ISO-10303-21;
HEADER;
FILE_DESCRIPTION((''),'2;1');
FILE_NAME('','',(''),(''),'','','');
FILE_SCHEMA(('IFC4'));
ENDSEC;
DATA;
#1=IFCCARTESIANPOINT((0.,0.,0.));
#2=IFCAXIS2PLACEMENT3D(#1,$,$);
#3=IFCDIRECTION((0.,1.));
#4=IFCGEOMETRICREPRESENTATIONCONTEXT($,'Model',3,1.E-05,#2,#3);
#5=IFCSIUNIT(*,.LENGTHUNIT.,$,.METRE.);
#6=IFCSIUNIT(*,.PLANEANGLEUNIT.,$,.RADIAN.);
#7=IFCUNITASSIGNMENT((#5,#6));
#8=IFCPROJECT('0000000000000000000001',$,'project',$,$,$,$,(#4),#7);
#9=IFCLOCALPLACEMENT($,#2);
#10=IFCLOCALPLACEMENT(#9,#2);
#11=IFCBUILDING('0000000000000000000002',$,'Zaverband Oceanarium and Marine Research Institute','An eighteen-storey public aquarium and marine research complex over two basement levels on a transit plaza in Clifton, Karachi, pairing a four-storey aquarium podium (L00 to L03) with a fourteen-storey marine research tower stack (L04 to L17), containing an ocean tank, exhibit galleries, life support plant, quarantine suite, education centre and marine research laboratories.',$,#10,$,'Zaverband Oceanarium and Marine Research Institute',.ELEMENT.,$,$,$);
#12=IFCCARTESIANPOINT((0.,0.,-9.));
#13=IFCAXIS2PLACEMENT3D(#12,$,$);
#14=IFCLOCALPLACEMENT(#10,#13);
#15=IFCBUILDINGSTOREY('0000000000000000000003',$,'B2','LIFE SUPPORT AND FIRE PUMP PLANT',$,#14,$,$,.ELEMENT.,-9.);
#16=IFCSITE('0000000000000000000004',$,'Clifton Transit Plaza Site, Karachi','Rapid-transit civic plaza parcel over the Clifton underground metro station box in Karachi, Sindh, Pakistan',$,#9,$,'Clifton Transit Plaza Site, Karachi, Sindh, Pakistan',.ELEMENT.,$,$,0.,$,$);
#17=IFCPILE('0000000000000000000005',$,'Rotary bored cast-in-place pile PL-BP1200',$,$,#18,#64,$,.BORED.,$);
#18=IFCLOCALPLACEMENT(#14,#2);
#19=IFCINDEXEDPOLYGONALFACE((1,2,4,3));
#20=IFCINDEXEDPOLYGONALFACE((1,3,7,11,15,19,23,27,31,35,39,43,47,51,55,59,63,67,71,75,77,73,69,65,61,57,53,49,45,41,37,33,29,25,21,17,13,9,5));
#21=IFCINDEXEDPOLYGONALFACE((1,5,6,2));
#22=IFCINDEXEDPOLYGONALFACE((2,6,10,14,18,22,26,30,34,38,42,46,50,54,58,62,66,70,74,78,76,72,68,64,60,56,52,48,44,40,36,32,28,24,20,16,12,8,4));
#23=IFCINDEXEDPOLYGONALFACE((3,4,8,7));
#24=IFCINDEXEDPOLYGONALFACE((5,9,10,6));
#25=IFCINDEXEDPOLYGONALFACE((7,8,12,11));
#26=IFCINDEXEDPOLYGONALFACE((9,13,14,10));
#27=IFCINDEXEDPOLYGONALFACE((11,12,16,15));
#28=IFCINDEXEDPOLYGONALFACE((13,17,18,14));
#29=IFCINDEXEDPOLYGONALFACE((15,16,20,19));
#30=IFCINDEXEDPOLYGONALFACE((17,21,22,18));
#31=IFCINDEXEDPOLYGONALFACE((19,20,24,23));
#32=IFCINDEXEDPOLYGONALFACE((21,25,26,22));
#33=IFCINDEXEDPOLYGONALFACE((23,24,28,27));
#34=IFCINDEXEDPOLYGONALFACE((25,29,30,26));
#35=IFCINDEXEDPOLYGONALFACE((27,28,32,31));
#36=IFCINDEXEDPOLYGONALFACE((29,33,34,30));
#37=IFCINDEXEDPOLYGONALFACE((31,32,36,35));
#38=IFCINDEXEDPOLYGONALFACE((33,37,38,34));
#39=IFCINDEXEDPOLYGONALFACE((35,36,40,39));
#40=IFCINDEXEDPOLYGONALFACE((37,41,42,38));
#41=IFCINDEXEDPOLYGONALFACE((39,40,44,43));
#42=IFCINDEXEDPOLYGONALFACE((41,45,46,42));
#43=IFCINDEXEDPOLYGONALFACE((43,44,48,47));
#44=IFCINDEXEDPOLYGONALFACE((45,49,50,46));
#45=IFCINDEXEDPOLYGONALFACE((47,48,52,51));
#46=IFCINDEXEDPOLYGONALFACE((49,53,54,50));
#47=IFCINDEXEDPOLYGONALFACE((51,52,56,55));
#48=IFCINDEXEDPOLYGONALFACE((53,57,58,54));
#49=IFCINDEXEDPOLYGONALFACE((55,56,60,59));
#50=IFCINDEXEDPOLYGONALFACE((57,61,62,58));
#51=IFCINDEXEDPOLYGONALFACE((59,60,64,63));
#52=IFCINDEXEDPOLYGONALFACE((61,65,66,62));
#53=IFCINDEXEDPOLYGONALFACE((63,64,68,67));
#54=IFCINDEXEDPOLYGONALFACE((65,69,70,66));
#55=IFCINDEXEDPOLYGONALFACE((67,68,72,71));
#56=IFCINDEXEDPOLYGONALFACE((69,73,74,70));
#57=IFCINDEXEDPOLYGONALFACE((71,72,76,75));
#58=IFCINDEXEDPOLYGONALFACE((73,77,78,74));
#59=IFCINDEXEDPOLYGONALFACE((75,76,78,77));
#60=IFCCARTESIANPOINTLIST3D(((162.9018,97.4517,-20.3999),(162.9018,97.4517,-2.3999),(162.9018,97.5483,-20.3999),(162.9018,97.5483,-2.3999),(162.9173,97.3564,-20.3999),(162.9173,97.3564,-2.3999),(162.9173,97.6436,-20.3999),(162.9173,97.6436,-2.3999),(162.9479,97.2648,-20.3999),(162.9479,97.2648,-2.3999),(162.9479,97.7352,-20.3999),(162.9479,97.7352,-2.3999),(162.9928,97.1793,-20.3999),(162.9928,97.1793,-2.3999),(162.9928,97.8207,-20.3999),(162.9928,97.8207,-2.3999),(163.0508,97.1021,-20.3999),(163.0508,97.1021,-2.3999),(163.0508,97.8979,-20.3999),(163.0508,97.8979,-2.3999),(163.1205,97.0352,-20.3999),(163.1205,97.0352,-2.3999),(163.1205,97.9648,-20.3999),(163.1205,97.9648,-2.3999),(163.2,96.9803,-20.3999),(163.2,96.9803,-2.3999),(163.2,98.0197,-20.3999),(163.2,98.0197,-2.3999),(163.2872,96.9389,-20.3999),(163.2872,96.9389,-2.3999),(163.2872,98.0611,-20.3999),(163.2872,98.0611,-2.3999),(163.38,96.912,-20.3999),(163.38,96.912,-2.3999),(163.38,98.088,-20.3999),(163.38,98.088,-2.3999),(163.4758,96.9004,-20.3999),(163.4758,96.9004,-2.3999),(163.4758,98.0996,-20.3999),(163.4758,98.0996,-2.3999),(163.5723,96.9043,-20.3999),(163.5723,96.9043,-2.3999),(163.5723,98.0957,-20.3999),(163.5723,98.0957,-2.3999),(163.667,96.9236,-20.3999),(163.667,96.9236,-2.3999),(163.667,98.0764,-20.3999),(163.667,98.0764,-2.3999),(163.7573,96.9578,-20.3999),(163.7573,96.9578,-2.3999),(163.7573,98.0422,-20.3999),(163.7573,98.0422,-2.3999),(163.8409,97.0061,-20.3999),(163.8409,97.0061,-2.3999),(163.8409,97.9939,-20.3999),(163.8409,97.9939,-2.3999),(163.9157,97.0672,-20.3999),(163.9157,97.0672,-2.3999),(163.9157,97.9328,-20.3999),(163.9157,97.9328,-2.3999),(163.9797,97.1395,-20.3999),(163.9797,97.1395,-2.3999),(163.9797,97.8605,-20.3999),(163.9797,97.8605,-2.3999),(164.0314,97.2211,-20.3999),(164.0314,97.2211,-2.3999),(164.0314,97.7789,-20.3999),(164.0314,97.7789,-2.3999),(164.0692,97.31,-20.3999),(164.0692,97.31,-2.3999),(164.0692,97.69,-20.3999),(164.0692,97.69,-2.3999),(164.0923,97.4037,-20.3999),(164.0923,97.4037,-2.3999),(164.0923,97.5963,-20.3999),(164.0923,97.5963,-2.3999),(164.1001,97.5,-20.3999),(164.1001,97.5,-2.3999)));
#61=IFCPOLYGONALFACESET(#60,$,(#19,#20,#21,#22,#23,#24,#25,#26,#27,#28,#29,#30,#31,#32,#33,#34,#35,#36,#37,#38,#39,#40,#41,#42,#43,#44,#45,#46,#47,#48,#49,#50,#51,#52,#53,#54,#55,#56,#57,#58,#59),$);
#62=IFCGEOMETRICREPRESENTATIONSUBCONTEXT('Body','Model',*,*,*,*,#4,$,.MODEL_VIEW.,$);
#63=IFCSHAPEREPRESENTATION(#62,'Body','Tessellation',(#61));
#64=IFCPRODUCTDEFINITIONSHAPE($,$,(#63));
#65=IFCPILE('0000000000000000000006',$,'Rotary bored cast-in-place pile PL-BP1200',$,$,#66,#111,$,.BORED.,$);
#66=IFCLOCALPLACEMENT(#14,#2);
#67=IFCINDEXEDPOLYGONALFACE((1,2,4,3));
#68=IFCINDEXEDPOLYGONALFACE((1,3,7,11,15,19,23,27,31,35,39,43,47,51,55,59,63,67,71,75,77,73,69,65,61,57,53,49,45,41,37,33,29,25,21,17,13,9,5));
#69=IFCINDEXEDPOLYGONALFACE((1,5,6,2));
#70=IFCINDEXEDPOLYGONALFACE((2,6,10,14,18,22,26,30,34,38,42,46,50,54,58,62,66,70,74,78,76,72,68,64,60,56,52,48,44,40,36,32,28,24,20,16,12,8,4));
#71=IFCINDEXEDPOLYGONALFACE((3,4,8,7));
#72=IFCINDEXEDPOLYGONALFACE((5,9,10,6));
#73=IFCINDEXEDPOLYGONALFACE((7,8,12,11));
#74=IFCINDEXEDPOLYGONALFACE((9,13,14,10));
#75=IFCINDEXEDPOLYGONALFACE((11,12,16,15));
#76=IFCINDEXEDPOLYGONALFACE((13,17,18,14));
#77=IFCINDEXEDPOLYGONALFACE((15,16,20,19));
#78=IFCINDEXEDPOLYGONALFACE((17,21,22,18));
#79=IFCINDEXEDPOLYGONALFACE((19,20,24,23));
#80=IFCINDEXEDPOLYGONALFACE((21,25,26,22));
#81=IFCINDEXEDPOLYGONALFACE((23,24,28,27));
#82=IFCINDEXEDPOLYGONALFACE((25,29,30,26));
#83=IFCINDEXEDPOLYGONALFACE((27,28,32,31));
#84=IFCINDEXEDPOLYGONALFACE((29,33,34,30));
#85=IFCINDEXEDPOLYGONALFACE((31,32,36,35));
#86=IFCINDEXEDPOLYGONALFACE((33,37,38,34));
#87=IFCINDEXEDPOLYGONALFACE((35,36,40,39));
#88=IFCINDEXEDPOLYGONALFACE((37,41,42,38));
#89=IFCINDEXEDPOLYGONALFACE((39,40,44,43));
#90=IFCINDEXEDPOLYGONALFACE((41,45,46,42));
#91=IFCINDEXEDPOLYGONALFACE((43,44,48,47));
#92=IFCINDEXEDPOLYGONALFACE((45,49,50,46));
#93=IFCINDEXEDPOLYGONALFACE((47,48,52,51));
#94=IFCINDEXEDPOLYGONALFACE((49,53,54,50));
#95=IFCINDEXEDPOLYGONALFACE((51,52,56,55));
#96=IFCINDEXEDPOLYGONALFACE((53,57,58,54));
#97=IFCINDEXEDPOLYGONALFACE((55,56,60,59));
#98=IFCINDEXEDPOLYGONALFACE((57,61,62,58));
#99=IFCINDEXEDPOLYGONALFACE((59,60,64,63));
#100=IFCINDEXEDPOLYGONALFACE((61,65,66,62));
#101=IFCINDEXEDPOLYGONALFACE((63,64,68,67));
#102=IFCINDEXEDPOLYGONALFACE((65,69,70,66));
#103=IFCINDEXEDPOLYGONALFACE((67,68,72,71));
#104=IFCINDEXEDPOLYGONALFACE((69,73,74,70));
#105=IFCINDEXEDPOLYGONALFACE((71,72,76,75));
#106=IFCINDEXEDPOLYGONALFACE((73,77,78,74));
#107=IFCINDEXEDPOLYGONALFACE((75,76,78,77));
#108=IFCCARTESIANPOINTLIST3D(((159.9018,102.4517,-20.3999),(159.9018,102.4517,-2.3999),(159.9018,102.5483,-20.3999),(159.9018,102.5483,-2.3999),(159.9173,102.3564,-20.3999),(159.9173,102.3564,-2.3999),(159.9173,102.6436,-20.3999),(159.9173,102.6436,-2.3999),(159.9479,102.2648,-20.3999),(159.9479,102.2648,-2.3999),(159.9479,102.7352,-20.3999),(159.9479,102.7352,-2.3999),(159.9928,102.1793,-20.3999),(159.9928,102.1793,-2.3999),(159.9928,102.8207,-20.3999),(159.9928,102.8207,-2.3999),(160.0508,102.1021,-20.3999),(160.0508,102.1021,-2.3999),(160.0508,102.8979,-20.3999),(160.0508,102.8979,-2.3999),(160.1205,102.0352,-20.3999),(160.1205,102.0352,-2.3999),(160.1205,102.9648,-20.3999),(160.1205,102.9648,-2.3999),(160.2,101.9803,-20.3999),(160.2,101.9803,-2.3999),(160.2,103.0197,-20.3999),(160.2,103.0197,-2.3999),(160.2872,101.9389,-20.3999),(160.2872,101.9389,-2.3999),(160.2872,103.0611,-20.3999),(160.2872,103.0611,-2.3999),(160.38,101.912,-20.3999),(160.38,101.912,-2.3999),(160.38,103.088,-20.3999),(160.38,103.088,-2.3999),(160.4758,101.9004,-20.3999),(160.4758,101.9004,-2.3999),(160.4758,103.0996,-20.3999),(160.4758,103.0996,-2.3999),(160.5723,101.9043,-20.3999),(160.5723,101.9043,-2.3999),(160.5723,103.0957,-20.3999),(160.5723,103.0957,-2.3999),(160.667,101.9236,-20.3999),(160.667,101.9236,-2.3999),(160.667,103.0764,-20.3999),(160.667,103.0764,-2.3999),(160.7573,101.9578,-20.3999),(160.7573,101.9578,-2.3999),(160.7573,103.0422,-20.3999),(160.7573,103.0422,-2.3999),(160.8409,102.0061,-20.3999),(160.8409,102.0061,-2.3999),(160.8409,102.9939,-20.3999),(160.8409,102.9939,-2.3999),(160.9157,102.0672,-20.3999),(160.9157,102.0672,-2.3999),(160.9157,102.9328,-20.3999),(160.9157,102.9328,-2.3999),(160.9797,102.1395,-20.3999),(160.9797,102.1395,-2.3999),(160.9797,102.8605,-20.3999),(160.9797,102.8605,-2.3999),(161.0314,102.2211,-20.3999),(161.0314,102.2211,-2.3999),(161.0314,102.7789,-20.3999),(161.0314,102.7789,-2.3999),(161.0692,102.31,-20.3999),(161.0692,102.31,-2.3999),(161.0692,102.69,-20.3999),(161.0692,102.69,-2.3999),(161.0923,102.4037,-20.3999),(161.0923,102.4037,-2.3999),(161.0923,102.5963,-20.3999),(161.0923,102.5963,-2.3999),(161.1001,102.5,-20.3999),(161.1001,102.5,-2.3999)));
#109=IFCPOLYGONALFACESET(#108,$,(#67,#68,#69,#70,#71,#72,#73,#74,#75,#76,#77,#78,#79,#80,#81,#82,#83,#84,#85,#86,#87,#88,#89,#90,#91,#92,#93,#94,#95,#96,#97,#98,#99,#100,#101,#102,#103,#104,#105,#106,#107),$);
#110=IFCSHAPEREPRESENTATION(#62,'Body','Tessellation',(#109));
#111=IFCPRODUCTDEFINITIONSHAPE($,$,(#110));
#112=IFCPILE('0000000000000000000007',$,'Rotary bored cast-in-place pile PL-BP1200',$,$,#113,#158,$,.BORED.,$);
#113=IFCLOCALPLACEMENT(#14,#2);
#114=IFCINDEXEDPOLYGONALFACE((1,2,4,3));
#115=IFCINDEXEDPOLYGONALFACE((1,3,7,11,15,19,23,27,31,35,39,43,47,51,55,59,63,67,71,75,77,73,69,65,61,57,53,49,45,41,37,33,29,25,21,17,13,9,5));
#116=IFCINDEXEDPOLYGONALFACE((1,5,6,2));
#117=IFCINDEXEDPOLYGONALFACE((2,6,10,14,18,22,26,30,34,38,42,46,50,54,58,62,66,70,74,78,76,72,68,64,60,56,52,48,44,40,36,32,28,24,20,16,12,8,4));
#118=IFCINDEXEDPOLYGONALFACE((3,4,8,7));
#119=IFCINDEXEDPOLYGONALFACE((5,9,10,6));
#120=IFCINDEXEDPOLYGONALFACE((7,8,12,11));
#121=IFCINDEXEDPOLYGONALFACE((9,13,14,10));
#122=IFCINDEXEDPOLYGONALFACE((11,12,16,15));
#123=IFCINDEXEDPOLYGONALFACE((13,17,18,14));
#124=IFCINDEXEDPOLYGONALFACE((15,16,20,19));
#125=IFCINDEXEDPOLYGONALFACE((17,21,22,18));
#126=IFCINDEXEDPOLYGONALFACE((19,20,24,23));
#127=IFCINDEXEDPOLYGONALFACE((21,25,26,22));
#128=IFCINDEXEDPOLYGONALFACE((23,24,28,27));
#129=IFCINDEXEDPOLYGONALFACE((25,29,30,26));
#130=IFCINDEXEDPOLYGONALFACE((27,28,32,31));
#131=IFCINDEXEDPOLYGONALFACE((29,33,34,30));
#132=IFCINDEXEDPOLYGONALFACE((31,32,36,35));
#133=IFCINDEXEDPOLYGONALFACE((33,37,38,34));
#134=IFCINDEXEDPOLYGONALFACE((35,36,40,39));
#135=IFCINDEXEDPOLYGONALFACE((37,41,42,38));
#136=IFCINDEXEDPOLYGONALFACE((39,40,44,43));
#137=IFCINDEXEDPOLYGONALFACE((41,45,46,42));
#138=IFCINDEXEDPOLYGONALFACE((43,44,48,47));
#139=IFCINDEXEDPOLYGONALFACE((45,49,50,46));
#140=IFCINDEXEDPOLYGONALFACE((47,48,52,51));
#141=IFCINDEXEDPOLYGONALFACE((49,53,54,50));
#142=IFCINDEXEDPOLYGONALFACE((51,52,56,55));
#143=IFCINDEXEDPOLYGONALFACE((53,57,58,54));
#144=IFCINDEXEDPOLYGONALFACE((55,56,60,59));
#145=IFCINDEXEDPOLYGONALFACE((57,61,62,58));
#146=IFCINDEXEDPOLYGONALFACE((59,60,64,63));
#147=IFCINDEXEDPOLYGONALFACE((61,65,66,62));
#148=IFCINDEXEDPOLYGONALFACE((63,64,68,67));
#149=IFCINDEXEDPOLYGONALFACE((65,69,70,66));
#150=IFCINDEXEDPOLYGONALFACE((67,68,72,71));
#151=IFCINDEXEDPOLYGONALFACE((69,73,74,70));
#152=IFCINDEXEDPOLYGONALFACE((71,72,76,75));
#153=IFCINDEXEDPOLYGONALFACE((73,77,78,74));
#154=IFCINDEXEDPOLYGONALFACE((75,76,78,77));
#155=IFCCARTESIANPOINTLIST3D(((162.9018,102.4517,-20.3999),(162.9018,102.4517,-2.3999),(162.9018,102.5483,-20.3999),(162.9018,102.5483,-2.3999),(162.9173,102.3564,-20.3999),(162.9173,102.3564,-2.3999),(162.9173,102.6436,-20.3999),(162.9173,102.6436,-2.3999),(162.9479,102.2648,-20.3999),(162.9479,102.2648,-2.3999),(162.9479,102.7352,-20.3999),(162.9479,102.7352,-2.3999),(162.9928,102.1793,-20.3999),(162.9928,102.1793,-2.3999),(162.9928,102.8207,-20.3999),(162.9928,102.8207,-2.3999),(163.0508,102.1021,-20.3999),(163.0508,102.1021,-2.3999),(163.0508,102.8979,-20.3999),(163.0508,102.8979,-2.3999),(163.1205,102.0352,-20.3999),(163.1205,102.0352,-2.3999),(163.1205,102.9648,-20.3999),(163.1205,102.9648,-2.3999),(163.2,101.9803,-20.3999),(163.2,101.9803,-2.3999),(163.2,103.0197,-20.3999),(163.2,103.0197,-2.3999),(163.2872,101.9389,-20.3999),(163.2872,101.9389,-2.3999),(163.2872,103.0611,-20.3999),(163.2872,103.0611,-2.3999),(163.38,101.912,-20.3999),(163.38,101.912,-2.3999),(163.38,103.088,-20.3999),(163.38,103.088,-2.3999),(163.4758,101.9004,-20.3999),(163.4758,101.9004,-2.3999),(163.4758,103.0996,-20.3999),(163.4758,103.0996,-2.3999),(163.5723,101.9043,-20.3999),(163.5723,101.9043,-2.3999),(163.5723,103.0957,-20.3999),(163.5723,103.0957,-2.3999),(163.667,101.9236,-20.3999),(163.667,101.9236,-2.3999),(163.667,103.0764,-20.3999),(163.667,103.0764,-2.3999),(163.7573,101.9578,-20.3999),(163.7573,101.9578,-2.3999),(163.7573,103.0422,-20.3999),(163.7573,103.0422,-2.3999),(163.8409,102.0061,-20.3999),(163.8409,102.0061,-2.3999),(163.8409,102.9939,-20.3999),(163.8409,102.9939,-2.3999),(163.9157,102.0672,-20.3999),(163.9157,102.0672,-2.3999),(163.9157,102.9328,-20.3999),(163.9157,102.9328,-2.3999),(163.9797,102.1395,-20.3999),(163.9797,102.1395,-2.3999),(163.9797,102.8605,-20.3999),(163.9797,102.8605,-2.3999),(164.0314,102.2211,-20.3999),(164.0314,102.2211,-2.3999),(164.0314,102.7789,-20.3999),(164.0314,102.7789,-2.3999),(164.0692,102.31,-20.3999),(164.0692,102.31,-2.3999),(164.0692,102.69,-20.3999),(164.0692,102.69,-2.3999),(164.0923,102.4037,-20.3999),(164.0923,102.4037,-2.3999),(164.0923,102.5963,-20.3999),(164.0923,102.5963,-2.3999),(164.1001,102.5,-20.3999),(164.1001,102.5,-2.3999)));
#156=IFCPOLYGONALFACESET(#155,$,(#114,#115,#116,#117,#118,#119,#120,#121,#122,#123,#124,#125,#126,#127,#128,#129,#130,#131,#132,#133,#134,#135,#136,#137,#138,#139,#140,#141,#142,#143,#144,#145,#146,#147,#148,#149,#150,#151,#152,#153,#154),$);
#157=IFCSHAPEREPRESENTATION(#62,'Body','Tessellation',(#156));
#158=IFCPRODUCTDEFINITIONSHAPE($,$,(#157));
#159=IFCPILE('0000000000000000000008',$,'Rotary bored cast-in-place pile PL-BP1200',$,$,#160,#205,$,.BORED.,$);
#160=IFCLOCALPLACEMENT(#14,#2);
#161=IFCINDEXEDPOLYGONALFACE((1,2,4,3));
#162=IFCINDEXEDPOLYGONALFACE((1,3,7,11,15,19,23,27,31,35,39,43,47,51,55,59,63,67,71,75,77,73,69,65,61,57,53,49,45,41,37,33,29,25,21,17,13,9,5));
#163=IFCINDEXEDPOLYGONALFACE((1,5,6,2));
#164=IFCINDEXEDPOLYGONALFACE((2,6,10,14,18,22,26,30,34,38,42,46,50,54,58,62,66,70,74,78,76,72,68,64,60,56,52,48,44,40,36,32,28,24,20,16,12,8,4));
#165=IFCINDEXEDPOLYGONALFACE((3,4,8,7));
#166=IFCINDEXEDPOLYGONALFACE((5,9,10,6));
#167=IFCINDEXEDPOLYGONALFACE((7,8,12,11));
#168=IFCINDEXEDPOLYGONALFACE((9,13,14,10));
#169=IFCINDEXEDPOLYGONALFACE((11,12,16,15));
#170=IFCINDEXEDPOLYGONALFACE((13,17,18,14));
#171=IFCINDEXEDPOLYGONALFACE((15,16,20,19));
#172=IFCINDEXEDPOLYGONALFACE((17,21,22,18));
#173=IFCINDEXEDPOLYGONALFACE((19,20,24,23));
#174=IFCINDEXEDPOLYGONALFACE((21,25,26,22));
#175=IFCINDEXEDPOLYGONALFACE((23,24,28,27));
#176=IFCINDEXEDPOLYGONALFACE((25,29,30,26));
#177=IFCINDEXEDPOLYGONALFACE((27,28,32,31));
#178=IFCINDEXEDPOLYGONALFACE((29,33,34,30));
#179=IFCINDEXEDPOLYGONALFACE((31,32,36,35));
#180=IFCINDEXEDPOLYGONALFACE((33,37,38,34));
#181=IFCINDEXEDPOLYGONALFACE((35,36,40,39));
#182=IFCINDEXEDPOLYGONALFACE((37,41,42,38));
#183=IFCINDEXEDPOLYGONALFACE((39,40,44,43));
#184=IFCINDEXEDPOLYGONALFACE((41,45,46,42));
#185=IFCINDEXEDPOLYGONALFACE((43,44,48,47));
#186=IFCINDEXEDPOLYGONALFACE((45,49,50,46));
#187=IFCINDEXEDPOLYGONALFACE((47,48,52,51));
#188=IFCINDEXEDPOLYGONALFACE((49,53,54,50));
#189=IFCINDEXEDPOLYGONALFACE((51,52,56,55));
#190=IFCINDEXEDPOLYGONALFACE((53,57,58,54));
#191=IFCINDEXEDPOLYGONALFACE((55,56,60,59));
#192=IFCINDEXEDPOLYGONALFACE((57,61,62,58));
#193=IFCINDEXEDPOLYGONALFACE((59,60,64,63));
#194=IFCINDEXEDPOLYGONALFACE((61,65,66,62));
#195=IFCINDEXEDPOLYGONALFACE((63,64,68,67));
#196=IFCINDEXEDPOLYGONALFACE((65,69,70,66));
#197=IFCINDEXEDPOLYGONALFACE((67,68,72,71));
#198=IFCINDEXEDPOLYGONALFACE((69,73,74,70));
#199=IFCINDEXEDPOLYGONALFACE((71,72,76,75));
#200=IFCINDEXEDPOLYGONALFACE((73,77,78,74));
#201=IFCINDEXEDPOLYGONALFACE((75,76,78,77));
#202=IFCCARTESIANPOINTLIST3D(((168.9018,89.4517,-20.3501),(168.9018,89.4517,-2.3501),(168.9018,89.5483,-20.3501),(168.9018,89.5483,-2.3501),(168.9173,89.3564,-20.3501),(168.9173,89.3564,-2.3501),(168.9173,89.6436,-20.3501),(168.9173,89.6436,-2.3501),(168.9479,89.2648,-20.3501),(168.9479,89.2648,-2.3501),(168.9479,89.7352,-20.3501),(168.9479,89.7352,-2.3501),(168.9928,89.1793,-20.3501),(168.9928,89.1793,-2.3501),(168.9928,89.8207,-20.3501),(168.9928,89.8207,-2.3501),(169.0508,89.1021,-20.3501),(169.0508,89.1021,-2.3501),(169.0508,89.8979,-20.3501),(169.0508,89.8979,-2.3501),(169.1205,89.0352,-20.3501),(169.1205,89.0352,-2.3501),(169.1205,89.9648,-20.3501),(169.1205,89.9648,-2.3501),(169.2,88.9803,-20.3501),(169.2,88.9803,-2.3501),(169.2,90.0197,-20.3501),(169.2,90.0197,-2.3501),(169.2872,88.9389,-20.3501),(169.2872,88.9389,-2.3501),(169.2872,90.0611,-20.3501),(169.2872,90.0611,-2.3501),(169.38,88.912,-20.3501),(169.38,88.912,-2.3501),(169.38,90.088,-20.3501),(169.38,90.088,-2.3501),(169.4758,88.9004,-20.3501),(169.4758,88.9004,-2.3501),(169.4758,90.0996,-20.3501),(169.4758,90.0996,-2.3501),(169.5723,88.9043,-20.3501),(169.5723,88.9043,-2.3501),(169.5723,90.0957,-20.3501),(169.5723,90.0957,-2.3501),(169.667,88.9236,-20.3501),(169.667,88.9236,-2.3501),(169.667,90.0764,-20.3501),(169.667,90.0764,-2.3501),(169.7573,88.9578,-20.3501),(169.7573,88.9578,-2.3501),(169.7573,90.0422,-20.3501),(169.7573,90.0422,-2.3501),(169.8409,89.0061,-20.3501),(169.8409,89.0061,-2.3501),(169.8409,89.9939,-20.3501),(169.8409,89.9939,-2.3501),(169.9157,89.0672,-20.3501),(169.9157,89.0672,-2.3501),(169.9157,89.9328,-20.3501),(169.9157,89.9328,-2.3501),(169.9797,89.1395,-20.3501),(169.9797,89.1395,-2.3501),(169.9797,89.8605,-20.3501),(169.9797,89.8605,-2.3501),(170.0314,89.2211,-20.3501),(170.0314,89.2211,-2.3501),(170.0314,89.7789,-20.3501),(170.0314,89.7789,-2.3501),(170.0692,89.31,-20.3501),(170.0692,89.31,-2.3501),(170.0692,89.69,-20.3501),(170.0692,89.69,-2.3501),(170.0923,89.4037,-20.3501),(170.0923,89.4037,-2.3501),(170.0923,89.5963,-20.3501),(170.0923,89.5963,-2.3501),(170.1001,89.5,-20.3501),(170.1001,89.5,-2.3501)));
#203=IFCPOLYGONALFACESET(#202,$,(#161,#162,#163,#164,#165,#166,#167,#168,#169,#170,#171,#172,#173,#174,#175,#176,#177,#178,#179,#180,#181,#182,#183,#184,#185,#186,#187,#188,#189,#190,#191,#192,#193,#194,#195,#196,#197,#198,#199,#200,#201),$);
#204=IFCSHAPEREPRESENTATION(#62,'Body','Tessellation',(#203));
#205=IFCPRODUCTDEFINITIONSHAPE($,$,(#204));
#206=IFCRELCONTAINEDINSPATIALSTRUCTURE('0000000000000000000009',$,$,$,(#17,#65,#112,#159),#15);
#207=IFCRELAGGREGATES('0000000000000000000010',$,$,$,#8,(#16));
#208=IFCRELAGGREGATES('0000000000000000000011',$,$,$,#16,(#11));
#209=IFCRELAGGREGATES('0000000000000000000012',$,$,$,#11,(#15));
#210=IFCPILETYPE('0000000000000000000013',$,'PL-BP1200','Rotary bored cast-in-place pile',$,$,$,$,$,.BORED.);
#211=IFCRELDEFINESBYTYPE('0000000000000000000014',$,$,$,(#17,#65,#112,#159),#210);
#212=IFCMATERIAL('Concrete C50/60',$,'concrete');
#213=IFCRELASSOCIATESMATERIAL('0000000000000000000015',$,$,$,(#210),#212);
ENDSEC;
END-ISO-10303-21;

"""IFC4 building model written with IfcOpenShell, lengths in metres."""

from ifc_helpers import new_model, si_unit, direction, frame, origin, origin_2d, place, context, subcontext, project, spatial, circle, extrude, material, material_profile, profile_set, type_object, element, save


model = new_model("IFC4")

# Units and contexts
model_context = context("Model", 3, precision=1e-05, world=origin(), true_north=direction((0.0, 1.0)))
body_context = subcontext(model_context, "Body", "Model", "MODEL_VIEW")
ifc_project = project(units=[si_unit("LENGTHUNIT", "METRE"), si_unit("PLANEANGLEUNIT", "RADIAN")], contexts=[model_context])

# Site, building, storey
site_placement = place(None, origin())
site = spatial("IfcSite", under=ifc_project, at=site_placement, Name="Clifton Transit Plaza Site, Karachi", Description="Rapid-transit civic plaza parcel over the Clifton underground metro station box in Karachi, Sindh, Pakistan", LongName="Clifton Transit Plaza Site, Karachi, Sindh, Pakistan", CompositionType="ELEMENT", RefElevation=0.0)
building_placement = place(site_placement, origin())
building = spatial("IfcBuilding", under=site, at=building_placement, Name="Zaverband Oceanarium and Marine Research Institute", Description="An eighteen-storey public aquarium and marine research complex over two basement levels on a transit plaza in Clifton, Karachi, pairing a four-storey aquarium podium (L00 to L03) with a fourteen-storey marine research tower stack (L04 to L17), containing an ocean tank, exhibit galleries, life support plant, quarantine suite, education centre and marine research laboratories.", LongName="Zaverband Oceanarium and Marine Research Institute", CompositionType="ELEMENT")
storey_placement = place(building_placement, frame((0.0, 0.0, -9.0)))
storey = spatial("IfcBuildingStorey", under=building, at=storey_placement, Name="B2", Description="LIFE SUPPORT AND FIRE PUMP PLANT", CompositionType="ELEMENT", Elevation=-9.0)

# Shared definitions
ifc_material_1 = material(Name="Concrete C50/60", Category="concrete")

# Piles
ifc_material_profile_1 = material_profile(ifc_material_1, circle(Radius=0.6001, at=origin_2d()), Name="BP1200")
ifc_profile_set_1 = profile_set([ifc_material_profile_1], Name="Concrete C50/60")
pile_type = type_object("IfcPileType", Name="PL-BP1200", Description="Rotary bored cast-in-place pile", PredefinedType="BORED", material=ifc_profile_set_1)
for number, where, z_axis, x_axis, name in (
    (1, (163.5, 97.5, -2.3999), (0.0, 0.0, -1.0), (1.0, 0.0, 0.0), "Rotary bored cast-in-place pile PL-BP1200"),
    (2, (160.5, 102.5, -2.3999), (0.0, 0.0, -1.0), (1.0, 0.0, 0.0), "Rotary bored cast-in-place pile PL-BP1200"),
    (3, (163.5, 102.5, -2.3999), (0.0, 0.0, -1.0), (1.0, 0.0, 0.0), "Rotary bored cast-in-place pile PL-BP1200"),
    (4, (169.5, 89.5, -2.3501), (0.0, 0.0, -1.0), (1.0, 0.0, 0.0), "Rotary bored cast-in-place pile PL-BP1200"),
):
    element("IfcPile", number, at=place(storey_placement, frame(where, z_axis=z_axis, x_axis=x_axis)), inside=storey, type_object=pile_type, Name=name, PredefinedType="BORED", context=body_context, shape_type="SweptSolid", body=[
        extrude(circle(Radius=0.6001, at=origin_2d()), origin(), (0.0, 0.0, 1.0), 18.0),
    ])

save(model, "model.ifc")
